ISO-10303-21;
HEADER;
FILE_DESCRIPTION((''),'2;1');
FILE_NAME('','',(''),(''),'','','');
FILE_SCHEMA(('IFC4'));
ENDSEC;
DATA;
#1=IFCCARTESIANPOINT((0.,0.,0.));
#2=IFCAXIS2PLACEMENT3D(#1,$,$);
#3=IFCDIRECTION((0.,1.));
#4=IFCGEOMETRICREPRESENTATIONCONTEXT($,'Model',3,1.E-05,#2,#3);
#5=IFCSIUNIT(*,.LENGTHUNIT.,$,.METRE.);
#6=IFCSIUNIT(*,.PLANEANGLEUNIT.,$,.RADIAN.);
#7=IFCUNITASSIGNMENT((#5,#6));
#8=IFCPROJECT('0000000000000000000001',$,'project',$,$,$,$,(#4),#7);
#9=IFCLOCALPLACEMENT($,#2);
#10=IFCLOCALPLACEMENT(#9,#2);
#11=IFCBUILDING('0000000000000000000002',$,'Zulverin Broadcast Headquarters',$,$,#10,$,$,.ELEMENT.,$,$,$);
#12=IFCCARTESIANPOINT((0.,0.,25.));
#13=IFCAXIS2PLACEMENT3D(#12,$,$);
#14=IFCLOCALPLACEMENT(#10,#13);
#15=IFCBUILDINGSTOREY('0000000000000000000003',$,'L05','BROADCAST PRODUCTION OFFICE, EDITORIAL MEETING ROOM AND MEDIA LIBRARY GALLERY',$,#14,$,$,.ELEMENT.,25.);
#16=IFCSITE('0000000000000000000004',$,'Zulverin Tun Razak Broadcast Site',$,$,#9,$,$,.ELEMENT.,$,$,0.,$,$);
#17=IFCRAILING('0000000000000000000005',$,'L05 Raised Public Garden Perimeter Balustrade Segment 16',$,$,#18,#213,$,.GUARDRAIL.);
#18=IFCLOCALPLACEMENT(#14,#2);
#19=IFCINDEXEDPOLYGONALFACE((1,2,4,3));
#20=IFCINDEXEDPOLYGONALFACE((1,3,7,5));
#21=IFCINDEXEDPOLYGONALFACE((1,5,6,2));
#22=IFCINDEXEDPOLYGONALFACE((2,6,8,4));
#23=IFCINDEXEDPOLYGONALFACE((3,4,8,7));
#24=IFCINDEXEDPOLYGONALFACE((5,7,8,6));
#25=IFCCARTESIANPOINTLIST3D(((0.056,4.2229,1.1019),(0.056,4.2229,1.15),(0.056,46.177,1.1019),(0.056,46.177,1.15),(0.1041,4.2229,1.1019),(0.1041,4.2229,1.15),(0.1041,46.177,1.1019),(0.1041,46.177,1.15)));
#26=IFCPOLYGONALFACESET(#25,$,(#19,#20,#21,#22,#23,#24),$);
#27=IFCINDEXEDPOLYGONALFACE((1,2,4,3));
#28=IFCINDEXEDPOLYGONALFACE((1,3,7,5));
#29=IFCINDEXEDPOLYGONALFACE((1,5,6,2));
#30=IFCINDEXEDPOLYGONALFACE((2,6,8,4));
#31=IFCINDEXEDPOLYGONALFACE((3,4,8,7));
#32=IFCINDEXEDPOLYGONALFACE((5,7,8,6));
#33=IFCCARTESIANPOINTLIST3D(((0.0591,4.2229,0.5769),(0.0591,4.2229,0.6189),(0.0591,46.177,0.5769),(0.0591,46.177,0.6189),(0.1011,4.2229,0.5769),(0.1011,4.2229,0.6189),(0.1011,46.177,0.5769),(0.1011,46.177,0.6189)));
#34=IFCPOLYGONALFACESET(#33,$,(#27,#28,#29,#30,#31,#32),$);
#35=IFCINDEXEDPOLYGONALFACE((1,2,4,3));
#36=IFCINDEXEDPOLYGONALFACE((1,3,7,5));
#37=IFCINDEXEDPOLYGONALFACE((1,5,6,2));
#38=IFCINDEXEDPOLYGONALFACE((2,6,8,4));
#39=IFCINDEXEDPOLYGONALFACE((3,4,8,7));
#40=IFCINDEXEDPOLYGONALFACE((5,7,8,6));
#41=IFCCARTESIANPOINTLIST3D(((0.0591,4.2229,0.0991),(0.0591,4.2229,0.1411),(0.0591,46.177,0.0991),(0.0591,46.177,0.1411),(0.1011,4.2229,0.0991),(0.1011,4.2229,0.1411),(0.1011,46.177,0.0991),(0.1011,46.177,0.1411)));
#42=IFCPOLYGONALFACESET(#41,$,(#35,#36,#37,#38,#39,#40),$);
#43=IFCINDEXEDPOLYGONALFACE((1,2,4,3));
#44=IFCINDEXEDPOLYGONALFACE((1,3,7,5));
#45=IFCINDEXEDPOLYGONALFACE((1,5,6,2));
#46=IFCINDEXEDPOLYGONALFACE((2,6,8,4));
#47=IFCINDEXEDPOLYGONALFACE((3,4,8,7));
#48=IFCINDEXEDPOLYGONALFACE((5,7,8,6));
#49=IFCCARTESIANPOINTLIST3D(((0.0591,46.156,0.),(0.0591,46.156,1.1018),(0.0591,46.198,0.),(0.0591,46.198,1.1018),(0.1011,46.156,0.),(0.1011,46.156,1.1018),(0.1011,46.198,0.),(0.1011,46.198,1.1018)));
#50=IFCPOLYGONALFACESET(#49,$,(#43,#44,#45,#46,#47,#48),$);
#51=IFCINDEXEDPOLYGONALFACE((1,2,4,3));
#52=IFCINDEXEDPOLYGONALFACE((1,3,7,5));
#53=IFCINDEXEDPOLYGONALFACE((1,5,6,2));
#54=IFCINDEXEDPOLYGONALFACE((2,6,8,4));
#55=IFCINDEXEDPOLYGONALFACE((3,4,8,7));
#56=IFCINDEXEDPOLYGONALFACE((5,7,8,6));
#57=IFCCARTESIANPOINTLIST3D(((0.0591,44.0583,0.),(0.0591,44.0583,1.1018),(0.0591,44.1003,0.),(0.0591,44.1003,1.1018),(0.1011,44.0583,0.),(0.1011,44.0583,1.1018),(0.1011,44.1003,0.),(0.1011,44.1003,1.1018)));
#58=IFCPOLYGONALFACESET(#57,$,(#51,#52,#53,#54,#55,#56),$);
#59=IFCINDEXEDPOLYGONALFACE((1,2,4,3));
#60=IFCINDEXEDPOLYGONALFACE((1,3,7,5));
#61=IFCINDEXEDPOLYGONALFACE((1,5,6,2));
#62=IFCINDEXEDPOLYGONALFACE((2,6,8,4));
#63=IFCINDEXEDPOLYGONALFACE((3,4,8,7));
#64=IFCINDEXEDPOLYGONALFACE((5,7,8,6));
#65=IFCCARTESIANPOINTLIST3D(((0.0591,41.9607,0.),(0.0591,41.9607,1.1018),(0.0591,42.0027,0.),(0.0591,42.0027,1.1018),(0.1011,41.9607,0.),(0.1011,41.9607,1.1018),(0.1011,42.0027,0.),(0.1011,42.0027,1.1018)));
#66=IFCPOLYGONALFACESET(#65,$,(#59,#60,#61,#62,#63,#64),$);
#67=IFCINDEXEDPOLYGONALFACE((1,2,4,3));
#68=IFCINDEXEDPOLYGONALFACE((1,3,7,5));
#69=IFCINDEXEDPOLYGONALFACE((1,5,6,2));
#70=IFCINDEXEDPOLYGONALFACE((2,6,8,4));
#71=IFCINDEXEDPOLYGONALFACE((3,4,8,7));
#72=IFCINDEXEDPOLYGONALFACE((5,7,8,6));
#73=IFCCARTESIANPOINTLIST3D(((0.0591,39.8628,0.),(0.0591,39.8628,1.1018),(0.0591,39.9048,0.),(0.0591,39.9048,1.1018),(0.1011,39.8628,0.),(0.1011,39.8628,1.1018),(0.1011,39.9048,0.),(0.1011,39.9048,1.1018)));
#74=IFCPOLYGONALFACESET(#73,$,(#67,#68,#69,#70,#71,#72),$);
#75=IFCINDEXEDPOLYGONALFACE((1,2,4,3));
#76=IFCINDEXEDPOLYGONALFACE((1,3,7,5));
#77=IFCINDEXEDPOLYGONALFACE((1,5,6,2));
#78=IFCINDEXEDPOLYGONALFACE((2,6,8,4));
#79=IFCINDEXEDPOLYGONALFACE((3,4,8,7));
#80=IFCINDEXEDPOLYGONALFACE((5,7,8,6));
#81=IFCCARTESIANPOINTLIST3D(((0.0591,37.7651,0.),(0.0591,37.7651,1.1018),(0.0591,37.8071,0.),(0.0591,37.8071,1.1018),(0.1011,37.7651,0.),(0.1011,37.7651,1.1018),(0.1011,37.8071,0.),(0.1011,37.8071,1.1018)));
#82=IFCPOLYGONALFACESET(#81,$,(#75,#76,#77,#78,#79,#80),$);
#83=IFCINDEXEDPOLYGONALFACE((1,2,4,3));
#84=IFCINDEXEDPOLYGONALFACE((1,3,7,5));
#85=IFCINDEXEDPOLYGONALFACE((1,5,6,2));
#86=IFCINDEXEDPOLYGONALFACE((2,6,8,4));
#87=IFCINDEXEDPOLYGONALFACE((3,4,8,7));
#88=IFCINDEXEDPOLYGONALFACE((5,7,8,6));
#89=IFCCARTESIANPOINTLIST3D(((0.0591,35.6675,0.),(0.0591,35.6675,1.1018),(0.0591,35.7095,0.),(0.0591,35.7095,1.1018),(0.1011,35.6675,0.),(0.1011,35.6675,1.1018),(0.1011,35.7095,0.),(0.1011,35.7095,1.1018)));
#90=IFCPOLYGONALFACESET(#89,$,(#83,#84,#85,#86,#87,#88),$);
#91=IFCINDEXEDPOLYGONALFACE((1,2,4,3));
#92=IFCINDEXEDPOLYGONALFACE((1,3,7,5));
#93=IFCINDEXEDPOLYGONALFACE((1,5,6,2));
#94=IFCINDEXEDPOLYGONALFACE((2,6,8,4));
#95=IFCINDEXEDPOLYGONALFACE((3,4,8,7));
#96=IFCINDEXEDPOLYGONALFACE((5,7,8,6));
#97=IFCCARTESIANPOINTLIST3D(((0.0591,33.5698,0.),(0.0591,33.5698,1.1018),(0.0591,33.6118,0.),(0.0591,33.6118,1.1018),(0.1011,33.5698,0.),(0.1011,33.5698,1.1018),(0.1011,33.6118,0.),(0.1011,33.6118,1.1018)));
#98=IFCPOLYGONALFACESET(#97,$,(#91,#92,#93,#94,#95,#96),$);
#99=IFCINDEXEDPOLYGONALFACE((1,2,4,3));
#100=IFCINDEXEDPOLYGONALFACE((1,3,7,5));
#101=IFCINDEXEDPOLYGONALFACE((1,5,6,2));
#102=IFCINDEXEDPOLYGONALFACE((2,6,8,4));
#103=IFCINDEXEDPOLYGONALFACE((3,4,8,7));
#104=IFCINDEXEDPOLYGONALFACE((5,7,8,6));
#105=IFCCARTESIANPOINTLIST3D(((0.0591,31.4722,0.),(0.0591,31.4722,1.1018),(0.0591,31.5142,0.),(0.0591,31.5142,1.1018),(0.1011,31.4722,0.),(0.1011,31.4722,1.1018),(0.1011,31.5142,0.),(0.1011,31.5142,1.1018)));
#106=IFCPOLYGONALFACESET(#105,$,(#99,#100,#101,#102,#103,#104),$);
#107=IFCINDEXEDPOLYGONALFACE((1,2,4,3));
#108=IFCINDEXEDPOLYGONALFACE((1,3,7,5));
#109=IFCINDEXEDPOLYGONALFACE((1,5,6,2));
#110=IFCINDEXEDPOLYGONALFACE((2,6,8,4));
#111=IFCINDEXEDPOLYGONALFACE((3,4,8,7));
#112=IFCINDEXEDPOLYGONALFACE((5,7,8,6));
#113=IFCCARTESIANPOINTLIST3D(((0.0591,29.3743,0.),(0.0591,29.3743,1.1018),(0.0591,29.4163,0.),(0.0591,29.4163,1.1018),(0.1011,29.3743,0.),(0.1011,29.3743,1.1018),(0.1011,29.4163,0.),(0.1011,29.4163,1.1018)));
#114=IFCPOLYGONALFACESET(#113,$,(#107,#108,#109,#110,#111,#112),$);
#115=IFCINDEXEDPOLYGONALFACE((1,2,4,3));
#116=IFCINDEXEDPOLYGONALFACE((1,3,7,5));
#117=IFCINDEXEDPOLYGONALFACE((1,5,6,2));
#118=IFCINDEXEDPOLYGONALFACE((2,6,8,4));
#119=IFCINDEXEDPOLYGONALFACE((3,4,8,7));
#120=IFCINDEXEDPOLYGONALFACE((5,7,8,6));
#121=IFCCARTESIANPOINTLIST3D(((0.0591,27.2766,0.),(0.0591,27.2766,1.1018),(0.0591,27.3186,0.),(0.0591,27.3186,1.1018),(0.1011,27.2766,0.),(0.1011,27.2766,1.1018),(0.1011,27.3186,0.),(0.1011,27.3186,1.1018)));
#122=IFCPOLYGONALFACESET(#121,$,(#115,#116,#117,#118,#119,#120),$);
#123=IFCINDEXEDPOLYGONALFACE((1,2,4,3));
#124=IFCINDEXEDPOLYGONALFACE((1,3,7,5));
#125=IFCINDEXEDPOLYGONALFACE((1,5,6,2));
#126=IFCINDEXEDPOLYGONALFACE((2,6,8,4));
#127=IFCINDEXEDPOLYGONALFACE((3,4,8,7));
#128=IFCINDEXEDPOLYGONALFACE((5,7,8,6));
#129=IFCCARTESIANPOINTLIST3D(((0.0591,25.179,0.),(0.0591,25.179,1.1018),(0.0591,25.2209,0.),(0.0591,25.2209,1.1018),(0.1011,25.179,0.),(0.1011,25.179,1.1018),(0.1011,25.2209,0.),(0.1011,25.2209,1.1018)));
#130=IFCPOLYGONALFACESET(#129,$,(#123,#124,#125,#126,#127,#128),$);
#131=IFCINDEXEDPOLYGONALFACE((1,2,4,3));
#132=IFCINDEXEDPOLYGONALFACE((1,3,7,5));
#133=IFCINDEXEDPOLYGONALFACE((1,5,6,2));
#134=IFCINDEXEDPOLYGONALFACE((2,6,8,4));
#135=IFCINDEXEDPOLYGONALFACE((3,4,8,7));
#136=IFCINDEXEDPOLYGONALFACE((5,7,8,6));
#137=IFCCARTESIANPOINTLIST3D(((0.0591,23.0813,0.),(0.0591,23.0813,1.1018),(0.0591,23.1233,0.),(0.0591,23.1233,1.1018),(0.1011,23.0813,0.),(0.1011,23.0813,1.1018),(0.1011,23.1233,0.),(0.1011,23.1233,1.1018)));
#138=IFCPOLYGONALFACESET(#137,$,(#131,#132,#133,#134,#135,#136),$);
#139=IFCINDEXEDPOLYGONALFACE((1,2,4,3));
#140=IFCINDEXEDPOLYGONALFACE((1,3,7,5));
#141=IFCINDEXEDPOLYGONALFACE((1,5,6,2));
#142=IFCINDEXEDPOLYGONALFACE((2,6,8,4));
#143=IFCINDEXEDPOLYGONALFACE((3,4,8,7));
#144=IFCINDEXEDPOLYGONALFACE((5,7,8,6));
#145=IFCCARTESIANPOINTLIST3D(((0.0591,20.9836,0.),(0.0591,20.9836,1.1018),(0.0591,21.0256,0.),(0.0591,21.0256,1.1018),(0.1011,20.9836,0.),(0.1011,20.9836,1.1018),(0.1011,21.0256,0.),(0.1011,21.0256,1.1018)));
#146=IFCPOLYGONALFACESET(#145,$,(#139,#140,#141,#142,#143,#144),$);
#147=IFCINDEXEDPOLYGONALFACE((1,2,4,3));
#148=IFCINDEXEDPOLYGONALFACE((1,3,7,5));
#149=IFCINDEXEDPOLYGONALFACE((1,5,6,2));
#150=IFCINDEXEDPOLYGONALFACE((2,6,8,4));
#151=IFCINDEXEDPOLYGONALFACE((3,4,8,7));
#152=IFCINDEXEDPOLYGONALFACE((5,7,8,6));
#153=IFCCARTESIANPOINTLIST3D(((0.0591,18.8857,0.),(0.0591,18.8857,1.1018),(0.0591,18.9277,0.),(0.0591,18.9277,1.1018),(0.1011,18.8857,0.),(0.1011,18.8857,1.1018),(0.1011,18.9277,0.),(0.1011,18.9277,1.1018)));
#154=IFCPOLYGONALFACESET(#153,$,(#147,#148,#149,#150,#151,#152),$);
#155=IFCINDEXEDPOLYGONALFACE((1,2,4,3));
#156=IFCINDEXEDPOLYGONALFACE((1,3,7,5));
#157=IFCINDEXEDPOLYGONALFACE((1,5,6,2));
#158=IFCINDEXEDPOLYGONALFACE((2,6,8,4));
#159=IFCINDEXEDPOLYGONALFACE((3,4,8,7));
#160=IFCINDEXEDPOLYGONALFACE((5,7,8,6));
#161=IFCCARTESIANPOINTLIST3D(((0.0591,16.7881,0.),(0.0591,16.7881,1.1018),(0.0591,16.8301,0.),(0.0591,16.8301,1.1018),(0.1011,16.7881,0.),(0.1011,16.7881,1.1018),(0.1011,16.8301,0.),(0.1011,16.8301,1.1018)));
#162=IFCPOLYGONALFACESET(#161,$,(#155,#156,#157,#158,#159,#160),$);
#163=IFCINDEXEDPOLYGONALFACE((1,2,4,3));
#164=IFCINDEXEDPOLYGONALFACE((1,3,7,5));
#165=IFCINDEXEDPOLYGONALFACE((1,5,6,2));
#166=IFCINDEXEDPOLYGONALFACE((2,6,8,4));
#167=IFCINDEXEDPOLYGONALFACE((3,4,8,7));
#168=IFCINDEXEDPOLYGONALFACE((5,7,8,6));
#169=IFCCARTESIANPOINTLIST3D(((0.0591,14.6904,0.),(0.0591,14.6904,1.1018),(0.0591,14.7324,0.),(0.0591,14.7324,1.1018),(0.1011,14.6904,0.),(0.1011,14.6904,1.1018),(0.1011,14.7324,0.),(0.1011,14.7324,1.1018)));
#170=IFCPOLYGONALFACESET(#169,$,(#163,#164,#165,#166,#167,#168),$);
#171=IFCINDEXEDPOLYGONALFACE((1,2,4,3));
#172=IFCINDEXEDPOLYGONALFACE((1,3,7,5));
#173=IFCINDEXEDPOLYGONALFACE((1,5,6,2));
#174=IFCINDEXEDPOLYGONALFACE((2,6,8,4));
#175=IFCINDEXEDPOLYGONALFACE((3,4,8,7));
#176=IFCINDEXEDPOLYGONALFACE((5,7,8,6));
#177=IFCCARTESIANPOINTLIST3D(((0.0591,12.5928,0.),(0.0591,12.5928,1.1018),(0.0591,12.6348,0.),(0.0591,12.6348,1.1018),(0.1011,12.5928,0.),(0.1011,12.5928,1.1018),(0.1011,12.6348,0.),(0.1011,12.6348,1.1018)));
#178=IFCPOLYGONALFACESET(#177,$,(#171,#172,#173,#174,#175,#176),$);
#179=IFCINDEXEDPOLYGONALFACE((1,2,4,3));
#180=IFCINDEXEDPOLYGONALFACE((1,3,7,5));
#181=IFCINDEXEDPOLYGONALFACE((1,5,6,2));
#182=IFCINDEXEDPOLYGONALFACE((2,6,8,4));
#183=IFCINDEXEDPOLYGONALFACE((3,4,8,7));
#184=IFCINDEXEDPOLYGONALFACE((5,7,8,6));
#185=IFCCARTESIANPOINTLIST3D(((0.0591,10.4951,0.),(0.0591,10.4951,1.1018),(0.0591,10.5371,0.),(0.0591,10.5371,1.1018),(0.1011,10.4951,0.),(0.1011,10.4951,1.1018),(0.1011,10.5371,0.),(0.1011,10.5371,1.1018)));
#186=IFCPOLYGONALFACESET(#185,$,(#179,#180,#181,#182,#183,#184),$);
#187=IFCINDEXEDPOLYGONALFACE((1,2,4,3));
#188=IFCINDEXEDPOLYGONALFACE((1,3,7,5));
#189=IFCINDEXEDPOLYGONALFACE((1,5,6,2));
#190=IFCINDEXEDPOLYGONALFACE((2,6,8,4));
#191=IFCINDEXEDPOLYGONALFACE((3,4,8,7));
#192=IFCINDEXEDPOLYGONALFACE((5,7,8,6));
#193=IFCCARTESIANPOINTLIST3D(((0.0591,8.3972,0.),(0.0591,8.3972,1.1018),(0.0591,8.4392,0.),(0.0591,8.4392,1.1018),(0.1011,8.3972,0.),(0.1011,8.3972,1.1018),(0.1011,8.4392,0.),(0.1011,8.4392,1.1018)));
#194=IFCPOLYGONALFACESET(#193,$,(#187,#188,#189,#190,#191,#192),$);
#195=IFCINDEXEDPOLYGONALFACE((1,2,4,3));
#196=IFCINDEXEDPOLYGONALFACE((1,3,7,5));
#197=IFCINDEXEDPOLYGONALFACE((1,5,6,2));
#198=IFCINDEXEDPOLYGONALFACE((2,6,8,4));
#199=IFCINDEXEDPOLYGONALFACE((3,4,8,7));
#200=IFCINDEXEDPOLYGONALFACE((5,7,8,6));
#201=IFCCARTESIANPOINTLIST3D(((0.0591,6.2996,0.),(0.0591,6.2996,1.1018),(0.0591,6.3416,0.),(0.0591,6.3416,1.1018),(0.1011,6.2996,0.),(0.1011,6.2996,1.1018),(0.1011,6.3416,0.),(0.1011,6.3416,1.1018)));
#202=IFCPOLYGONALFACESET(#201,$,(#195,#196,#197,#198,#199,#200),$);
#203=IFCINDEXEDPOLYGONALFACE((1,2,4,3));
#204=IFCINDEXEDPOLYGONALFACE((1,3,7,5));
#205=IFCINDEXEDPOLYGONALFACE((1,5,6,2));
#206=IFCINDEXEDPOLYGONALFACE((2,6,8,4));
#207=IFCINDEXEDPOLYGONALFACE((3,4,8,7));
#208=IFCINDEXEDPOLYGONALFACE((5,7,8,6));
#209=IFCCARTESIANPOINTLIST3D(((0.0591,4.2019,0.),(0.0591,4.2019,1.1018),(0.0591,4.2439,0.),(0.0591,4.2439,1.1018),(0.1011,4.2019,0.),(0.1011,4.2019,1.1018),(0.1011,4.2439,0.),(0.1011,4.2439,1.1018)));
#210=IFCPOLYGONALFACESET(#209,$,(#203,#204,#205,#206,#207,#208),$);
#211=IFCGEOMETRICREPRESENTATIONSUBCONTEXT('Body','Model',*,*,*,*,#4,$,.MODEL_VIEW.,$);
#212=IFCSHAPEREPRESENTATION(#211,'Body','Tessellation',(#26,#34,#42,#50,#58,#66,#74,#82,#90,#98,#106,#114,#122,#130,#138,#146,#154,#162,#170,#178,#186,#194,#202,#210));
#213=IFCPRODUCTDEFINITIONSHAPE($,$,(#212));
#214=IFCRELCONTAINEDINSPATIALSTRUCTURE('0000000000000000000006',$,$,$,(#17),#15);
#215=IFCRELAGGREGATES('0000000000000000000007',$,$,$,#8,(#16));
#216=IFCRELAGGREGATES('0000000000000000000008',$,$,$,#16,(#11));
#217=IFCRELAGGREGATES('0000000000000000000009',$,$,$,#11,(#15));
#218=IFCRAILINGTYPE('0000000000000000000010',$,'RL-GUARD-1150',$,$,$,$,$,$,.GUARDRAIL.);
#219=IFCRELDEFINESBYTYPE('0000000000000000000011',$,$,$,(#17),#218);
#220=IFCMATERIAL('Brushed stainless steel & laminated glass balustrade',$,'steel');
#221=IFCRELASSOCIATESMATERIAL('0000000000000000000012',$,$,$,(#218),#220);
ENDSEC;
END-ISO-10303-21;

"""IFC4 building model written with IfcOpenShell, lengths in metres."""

from ifc_helpers import new_model, si_unit, direction, frame, origin, origin_2d, place, context, subcontext, project, spatial, rectangle, extrude, material, type_object, element, save


model = new_model("IFC4")

# Units and contexts
model_context = context("Model", 3, precision=1e-05, world=origin(), true_north=direction((0.0, 1.0)))
body_context = subcontext(model_context, "Body", "Model", "MODEL_VIEW")
ifc_project = project(units=[si_unit("LENGTHUNIT", "METRE"), si_unit("PLANEANGLEUNIT", "RADIAN")], contexts=[model_context])

# Site, building, storey
site_placement = place(None, origin())
site = spatial("IfcSite", under=ifc_project, at=site_placement, Name="Zulverin Tun Razak Broadcast Site", CompositionType="ELEMENT", RefElevation=0.0)
building_placement = place(site_placement, origin())
building = spatial("IfcBuilding", under=site, at=building_placement, Name="Zulverin Broadcast Headquarters", CompositionType="ELEMENT")
storey_placement = place(building_placement, frame((0.0, 0.0, 25.0)))
storey = spatial("IfcBuildingStorey", under=building, at=storey_placement, Name="L05", Description="BROADCAST PRODUCTION OFFICE, EDITORIAL MEETING ROOM AND MEDIA LIBRARY GALLERY", CompositionType="ELEMENT", Elevation=25.0)

# Railing
ifc_material_1 = material(Name="Brushed stainless steel & laminated glass balustrade", Category="steel")
railing_type_1 = type_object("IfcRailingType", Name="RL-GUARD-1150", PredefinedType="GUARDRAIL", material=ifc_material_1)
railing_1_placement = place(storey_placement, frame((0.0801, 46.177, 0.0)))
element("IfcRailing", 1, at=railing_1_placement, inside=storey, type_object=railing_type_1, Name="L05 Raised Public Garden Perimeter Balustrade Segment 16", PredefinedType="GUARDRAIL", context=body_context, shape_type="SweptSolid", body=[
    extrude(rectangle(XDim=0.0481, YDim=0.0481, at=origin_2d()), frame((0.0, 0.0, 1.126), z_axis=(0.0, -1.0, 0.0), x_axis=(1.0, 0.0, 0.0)), (0.0, 0.0, 1.0), 41.9541),
    extrude(rectangle(XDim=0.042, YDim=0.042, at=origin_2d()), frame((0.0, 0.0, 0.5979), z_axis=(0.0, -1.0, 0.0), x_axis=(1.0, 0.0, 0.0)), (0.0, 0.0, 1.0), 41.9541),
    extrude(rectangle(XDim=0.042, YDim=0.042, at=origin_2d()), frame((0.0, 0.0, 0.1201), z_axis=(0.0, -1.0, 0.0), x_axis=(1.0, 0.0, 0.0)), (0.0, 0.0, 1.0), 41.9541),
    extrude(rectangle(XDim=0.042, YDim=0.042, at=origin_2d()), origin(), (0.0, 0.0, 1.0), 1.1018),
    extrude(rectangle(XDim=0.042, YDim=0.042, at=origin_2d()), frame((0.0, -2.0977, 0.0)), (0.0, 0.0, 1.0), 1.1018),
    extrude(rectangle(XDim=0.042, YDim=0.042, at=origin_2d()), frame((0.0, -4.1953, 0.0)), (0.0, 0.0, 1.0), 1.1018),
    extrude(rectangle(XDim=0.042, YDim=0.042, at=origin_2d()), frame((0.0, -6.2932, 0.0)), (0.0, 0.0, 1.0), 1.1018),
    extrude(rectangle(XDim=0.042, YDim=0.042, at=origin_2d()), frame((0.0, -8.3909, 0.0)), (0.0, 0.0, 1.0), 1.1018),
    extrude(rectangle(XDim=0.042, YDim=0.042, at=origin_2d()), frame((0.0, -10.4885, 0.0)), (0.0, 0.0, 1.0), 1.1018),
    extrude(rectangle(XDim=0.042, YDim=0.042, at=origin_2d()), frame((0.0, -12.5862, 0.0)), (0.0, 0.0, 1.0), 1.1018),
    extrude(rectangle(XDim=0.042, YDim=0.042, at=origin_2d()), frame((0.0, -14.6838, 0.0)), (0.0, 0.0, 1.0), 1.1018),
    extrude(rectangle(XDim=0.042, YDim=0.042, at=origin_2d()), frame((0.0, -16.7817, 0.0)), (0.0, 0.0, 1.0), 1.1018),
    extrude(rectangle(XDim=0.042, YDim=0.042, at=origin_2d()), frame((0.0, -18.8794, 0.0)), (0.0, 0.0, 1.0), 1.1018),
    extrude(rectangle(XDim=0.042, YDim=0.042, at=origin_2d()), frame((0.0, -20.9771, 0.0)), (0.0, 0.0, 1.0), 1.1018),
    extrude(rectangle(XDim=0.042, YDim=0.042, at=origin_2d()), frame((0.0, -23.0747, 0.0)), (0.0, 0.0, 1.0), 1.1018),
    extrude(rectangle(XDim=0.042, YDim=0.042, at=origin_2d()), frame((0.0, -25.1724, 0.0)), (0.0, 0.0, 1.0), 1.1018),
    extrude(rectangle(XDim=0.042, YDim=0.042, at=origin_2d()), frame((0.0, -27.2703, 0.0)), (0.0, 0.0, 1.0), 1.1018),
    extrude(rectangle(XDim=0.042, YDim=0.042, at=origin_2d()), frame((0.0, -29.3679, 0.0)), (0.0, 0.0, 1.0), 1.1018),
    extrude(rectangle(XDim=0.042, YDim=0.042, at=origin_2d()), frame((0.0, -31.4656, 0.0)), (0.0, 0.0, 1.0), 1.1018),
    extrude(rectangle(XDim=0.042, YDim=0.042, at=origin_2d()), frame((0.0, -33.5632, 0.0)), (0.0, 0.0, 1.0), 1.1018),
    extrude(rectangle(XDim=0.042, YDim=0.042, at=origin_2d()), frame((0.0, -35.6609, 0.0)), (0.0, 0.0, 1.0), 1.1018),
    extrude(rectangle(XDim=0.042, YDim=0.042, at=origin_2d()), frame((0.0, -37.7588, 0.0)), (0.0, 0.0, 1.0), 1.1018),
    extrude(rectangle(XDim=0.042, YDim=0.042, at=origin_2d()), frame((0.0, -39.8564, 0.0)), (0.0, 0.0, 1.0), 1.1018),
    extrude(rectangle(XDim=0.042, YDim=0.042, at=origin_2d()), frame((0.0, -41.9541, 0.0)), (0.0, 0.0, 1.0), 1.1018),
])

save(model, "model.ifc")
